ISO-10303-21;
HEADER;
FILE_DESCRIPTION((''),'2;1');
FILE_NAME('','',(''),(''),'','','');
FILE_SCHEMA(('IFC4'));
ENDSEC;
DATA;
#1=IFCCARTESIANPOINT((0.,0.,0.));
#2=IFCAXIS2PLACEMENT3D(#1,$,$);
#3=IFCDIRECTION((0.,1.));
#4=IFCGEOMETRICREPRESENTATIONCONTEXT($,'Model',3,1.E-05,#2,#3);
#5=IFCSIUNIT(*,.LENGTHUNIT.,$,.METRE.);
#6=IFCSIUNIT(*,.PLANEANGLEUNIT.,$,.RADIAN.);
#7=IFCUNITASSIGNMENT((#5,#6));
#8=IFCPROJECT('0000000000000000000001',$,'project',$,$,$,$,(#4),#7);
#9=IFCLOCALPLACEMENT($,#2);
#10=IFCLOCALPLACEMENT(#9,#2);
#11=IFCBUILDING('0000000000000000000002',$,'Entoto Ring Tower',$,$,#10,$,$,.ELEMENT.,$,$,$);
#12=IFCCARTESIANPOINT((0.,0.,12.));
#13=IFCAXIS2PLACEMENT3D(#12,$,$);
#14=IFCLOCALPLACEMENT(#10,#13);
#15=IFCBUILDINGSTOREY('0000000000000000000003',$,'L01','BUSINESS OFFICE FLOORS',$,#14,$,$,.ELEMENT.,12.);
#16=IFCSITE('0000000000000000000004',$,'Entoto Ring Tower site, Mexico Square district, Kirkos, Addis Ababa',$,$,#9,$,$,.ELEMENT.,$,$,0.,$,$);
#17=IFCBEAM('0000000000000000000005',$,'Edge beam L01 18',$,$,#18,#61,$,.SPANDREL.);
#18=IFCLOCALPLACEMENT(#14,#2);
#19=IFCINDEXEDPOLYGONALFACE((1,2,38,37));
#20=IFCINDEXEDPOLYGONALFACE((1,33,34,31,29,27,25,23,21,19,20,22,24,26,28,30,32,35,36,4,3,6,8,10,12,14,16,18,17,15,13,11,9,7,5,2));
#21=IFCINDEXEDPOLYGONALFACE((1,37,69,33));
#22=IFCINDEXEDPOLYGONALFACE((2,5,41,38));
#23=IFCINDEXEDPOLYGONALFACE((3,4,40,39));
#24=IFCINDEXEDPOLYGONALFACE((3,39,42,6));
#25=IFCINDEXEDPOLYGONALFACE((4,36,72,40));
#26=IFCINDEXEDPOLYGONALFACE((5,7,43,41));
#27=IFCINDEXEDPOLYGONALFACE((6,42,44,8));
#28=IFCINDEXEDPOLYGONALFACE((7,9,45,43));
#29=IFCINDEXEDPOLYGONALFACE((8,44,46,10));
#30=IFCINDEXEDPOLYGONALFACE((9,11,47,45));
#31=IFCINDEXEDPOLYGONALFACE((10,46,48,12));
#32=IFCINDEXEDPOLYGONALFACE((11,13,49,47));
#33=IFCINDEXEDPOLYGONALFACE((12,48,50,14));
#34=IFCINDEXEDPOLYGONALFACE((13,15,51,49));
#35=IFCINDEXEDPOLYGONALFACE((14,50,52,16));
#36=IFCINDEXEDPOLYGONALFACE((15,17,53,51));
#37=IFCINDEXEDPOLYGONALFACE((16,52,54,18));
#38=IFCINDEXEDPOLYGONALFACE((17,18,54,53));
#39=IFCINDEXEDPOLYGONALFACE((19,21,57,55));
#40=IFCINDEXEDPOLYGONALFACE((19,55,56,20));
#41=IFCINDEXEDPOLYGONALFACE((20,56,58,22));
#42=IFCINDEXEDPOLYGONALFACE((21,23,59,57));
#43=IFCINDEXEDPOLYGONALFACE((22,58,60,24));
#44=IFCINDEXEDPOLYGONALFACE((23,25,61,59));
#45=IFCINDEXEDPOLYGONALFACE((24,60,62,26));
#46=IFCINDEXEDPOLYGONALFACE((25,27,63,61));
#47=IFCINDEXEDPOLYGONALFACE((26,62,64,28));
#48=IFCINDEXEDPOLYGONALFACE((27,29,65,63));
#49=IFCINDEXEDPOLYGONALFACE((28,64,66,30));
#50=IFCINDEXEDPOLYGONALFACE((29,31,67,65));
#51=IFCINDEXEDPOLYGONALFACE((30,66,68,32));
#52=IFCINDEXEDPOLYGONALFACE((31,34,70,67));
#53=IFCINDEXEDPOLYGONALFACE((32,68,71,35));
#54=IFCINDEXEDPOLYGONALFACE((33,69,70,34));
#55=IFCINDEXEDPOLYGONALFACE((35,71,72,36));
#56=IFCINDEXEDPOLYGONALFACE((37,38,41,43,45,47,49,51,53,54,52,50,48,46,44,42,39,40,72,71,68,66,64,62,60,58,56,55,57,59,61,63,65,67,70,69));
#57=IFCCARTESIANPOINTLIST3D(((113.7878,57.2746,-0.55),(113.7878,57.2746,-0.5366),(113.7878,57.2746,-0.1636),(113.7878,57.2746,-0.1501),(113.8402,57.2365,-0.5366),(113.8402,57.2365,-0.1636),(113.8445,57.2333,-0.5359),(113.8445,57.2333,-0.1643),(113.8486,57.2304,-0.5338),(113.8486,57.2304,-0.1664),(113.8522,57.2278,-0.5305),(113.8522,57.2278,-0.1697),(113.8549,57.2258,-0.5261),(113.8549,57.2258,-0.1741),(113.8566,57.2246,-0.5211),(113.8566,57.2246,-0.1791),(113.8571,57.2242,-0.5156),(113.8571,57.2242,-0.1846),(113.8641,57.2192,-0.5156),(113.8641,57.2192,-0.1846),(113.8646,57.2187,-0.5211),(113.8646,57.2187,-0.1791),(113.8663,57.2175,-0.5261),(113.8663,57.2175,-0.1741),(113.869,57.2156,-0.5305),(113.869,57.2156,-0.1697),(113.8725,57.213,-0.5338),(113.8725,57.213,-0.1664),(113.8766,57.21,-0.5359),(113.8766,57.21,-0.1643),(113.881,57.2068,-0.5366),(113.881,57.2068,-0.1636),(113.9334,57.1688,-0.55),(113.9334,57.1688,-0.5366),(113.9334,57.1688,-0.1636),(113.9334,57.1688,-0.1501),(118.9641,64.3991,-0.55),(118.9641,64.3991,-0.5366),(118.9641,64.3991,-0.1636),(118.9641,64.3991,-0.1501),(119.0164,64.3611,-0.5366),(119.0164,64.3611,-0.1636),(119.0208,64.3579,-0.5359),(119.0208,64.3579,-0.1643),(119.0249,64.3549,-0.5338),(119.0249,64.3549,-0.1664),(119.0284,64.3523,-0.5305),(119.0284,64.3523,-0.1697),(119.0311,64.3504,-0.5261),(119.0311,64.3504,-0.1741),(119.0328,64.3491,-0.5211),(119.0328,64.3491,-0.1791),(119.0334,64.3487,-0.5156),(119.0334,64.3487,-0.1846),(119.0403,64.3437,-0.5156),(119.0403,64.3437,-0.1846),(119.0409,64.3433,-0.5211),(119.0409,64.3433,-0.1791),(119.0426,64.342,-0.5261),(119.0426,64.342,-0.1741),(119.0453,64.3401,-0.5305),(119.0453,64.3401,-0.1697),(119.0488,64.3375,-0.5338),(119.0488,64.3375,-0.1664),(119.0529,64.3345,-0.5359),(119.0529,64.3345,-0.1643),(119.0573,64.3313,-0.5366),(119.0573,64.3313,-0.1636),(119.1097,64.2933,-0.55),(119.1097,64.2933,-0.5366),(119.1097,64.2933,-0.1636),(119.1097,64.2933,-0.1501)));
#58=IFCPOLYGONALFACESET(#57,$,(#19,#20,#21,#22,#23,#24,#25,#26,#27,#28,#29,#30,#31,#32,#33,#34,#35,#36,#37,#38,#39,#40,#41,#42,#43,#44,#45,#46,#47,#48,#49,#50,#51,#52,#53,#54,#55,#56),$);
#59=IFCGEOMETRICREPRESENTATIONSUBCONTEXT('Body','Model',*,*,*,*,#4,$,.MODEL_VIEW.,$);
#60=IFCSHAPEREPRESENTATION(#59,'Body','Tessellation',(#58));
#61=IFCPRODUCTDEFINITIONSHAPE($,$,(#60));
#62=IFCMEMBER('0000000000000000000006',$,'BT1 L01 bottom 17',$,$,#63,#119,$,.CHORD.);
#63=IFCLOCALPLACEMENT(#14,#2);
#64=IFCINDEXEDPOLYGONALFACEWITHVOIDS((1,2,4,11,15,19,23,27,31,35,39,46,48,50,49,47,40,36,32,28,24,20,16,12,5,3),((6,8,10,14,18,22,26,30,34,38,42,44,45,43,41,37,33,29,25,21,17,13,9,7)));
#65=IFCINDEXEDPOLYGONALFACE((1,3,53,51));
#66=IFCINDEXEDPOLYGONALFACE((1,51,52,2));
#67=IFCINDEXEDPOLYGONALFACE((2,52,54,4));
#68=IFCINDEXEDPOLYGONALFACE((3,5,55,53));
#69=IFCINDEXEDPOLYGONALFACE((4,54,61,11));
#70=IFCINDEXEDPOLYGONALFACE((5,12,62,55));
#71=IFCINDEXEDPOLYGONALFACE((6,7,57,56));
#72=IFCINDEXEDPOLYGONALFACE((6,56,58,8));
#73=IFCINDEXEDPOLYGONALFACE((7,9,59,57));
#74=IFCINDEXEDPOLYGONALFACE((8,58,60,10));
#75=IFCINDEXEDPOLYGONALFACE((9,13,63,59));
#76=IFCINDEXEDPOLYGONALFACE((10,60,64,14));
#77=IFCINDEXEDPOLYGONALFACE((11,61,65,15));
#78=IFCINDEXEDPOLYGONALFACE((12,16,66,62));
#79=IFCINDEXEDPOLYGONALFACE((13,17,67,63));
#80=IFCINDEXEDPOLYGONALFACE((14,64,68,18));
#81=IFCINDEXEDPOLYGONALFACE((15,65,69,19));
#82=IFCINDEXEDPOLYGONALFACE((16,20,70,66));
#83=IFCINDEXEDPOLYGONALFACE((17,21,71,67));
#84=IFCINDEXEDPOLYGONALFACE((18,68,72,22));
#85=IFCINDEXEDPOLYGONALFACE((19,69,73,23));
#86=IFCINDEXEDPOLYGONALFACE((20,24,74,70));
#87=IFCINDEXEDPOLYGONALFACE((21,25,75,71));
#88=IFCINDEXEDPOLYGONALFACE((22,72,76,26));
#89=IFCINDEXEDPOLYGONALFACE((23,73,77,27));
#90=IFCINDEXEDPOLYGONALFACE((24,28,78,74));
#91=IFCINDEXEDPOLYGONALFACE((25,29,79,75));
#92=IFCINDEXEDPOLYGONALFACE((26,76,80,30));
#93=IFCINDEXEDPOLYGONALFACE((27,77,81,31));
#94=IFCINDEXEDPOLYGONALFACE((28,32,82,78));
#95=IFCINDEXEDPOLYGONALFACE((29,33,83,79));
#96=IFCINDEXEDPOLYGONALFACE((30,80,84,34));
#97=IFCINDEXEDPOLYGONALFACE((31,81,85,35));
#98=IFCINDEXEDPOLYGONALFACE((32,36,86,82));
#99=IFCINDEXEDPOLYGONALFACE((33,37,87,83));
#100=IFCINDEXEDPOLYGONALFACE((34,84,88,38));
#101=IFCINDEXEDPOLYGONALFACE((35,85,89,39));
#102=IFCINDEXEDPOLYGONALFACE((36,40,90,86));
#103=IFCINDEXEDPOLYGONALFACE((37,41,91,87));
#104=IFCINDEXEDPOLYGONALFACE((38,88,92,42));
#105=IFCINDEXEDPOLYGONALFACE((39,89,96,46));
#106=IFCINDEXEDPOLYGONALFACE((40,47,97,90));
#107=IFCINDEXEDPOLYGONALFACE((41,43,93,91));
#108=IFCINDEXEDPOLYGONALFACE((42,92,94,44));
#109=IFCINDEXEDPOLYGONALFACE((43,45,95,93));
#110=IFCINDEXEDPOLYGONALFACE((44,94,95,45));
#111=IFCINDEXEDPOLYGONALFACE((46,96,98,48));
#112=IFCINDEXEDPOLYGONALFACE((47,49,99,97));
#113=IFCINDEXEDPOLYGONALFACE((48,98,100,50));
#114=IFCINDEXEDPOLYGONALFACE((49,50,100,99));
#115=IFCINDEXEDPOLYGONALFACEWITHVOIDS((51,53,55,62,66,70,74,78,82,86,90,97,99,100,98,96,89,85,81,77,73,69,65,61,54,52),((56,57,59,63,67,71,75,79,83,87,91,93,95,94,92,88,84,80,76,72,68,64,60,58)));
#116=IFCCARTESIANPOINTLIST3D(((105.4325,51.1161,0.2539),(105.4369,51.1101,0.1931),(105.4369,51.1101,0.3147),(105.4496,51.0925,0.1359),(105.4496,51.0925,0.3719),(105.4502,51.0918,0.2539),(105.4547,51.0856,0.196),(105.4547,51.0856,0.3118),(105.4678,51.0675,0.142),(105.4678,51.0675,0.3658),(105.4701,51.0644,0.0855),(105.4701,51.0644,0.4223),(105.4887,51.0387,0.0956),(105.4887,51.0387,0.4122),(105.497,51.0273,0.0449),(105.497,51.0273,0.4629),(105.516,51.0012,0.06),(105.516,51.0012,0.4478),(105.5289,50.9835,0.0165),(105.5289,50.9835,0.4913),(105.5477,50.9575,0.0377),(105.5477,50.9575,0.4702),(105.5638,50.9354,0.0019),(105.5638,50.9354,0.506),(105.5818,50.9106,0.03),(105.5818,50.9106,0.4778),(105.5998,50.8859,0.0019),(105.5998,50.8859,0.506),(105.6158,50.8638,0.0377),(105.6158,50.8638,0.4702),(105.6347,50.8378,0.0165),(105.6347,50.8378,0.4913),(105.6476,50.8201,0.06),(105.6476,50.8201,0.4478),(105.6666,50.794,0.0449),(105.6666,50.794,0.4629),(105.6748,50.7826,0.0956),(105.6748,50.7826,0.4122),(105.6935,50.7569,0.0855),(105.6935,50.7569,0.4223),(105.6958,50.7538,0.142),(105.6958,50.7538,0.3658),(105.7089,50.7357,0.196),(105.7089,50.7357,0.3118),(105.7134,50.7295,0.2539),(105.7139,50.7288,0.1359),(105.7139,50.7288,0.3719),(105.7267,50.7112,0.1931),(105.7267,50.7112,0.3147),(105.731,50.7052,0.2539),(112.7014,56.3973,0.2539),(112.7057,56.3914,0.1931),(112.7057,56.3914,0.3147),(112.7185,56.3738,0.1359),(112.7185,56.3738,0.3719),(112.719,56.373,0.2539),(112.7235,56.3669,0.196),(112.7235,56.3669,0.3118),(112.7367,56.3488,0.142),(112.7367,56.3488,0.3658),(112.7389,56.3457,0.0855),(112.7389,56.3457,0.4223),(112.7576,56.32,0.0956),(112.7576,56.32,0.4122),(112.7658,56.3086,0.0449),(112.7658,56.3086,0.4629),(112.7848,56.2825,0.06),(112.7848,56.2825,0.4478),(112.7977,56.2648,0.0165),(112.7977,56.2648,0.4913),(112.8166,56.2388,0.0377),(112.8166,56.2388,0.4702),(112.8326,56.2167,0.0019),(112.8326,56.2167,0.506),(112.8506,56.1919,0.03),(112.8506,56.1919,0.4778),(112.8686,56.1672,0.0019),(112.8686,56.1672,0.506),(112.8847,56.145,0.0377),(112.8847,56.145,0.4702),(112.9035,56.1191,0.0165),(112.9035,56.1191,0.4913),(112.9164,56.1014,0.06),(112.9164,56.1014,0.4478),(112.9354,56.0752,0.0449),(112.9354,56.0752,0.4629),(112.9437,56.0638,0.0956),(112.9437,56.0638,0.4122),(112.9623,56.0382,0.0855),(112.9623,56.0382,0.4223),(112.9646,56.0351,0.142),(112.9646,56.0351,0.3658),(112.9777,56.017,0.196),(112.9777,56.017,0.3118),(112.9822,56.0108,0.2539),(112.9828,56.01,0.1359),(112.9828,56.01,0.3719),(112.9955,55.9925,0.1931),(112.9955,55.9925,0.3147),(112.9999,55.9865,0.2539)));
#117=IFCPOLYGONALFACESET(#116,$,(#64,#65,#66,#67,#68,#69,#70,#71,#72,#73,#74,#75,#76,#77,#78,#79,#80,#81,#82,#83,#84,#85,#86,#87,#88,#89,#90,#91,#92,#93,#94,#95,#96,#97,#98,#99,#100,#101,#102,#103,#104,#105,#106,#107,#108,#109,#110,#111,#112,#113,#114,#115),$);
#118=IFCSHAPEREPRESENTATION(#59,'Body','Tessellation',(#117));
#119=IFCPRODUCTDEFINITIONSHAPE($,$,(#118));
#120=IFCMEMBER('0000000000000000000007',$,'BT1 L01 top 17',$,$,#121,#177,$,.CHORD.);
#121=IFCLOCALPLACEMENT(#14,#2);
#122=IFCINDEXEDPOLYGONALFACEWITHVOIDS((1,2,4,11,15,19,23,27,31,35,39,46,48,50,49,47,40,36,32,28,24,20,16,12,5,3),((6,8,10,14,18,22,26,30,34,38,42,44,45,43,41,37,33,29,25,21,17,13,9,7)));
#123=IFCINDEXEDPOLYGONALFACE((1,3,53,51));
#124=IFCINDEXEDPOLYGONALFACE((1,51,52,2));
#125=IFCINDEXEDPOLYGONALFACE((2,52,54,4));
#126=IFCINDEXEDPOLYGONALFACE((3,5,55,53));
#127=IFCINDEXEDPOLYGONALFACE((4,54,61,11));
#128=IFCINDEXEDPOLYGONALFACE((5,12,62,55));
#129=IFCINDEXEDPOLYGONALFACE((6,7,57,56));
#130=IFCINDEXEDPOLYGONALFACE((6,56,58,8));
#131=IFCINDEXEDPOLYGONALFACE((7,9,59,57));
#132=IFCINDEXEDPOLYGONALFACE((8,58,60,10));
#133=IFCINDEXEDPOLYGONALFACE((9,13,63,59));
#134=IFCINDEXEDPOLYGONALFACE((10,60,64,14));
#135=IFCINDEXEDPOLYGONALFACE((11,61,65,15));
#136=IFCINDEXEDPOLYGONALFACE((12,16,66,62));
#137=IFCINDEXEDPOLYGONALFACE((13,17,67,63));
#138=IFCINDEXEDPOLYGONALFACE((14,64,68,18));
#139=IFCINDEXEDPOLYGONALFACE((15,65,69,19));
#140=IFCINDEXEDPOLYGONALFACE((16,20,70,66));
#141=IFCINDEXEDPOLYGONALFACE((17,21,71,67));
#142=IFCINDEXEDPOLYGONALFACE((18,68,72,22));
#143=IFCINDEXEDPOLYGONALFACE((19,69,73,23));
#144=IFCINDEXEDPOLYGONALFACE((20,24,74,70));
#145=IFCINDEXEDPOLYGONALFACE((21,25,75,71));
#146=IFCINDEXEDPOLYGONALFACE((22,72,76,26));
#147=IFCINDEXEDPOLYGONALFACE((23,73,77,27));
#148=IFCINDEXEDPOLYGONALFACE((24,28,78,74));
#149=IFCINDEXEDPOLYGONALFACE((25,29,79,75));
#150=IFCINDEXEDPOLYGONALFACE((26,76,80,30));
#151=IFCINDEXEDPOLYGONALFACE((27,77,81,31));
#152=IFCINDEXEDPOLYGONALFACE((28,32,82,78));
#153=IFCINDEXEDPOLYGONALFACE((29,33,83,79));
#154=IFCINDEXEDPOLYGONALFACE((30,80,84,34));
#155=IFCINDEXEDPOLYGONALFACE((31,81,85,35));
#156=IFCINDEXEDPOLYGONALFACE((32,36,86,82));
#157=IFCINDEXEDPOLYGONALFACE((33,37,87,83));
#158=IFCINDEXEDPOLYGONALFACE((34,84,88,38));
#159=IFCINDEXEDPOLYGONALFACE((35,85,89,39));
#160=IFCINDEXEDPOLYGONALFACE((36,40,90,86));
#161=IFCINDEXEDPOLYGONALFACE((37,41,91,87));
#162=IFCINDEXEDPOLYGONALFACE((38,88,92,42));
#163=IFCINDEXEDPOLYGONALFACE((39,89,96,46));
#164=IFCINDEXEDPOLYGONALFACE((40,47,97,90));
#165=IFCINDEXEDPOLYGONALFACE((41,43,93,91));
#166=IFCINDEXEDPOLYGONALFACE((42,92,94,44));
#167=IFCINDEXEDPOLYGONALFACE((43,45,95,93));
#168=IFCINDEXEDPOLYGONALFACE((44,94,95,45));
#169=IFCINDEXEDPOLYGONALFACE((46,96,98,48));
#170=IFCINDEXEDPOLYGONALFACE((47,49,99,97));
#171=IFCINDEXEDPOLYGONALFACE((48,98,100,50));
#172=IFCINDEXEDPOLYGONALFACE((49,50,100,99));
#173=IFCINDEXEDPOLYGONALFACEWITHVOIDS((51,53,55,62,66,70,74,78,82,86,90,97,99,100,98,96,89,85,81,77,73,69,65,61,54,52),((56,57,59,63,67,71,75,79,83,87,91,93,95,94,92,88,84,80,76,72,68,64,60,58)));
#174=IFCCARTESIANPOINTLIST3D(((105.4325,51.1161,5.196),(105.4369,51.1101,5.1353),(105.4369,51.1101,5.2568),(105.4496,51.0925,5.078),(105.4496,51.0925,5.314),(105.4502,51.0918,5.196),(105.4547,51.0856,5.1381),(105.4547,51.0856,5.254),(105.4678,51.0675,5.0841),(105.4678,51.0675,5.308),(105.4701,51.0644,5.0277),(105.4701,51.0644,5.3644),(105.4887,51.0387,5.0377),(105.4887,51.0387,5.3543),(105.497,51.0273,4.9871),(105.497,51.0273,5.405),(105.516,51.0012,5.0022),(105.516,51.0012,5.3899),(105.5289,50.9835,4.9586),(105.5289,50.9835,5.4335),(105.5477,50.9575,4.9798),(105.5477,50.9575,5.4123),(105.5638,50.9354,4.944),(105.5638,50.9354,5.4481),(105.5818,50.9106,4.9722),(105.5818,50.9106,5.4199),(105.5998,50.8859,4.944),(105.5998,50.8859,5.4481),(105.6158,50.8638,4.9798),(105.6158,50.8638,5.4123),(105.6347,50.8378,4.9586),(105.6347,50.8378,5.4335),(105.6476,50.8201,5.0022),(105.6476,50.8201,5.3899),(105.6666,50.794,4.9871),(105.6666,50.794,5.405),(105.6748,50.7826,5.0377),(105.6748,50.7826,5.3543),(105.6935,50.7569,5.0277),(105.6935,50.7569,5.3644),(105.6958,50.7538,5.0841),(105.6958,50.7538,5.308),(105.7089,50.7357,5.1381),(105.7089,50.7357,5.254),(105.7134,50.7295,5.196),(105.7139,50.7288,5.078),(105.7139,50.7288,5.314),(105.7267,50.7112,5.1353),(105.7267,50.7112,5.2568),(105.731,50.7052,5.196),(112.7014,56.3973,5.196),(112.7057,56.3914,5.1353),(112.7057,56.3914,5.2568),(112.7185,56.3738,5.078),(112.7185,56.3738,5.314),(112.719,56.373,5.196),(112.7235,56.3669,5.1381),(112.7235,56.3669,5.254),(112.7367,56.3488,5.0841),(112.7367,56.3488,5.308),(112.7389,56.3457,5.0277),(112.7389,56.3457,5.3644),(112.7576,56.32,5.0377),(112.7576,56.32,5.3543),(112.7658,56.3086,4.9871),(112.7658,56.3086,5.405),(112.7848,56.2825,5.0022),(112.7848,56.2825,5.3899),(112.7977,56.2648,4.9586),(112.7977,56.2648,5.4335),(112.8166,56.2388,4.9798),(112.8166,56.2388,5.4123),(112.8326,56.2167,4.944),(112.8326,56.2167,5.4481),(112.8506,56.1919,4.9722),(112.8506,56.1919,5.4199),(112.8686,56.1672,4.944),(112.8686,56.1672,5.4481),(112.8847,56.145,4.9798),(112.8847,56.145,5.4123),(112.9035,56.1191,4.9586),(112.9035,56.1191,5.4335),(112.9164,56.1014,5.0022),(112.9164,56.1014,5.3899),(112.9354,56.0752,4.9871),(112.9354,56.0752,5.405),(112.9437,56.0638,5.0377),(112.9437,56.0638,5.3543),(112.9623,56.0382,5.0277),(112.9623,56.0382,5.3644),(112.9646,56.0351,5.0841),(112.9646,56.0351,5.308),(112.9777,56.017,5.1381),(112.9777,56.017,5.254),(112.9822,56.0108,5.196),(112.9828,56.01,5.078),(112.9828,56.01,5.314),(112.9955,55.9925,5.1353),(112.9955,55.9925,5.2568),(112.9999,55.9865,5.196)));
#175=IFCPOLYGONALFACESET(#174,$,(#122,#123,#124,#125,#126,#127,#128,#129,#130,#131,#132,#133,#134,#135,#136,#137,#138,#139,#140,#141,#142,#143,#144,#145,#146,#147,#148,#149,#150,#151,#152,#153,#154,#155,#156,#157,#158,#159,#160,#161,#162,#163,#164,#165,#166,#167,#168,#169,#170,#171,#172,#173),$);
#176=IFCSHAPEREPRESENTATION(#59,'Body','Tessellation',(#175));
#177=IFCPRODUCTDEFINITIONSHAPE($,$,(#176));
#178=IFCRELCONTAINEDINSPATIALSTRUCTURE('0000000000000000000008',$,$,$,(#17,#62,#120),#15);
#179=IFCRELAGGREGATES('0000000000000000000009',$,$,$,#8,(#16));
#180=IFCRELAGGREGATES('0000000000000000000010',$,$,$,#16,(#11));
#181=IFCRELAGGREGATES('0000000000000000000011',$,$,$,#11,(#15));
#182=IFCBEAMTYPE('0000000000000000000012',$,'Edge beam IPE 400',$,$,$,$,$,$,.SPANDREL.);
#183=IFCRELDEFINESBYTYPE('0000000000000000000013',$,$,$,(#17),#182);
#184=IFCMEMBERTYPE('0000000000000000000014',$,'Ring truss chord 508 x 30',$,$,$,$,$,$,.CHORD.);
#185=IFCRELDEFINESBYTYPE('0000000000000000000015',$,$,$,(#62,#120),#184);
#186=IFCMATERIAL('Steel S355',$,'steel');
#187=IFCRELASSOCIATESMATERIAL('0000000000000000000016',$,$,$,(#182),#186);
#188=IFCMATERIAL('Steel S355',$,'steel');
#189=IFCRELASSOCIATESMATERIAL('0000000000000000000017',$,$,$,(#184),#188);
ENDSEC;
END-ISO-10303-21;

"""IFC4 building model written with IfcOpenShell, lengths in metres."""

from ifc_helpers import new_model, si_unit, direction, frame, origin, origin_2d, place, context, subcontext, project, spatial, circle, hollow_circle, i_section, extrude, material, material_profile, profile_set, type_object, element, save


model = new_model("IFC4")

# Units and contexts
model_context = context("Model", 3, precision=1e-05, world=origin(), true_north=direction((0.0, 1.0)))
body_context = subcontext(model_context, "Body", "Model", "MODEL_VIEW")
ifc_project = project(units=[si_unit("LENGTHUNIT", "METRE"), si_unit("PLANEANGLEUNIT", "RADIAN")], contexts=[model_context])

# Site, building, storey
site_placement = place(None, origin())
site = spatial("IfcSite", under=ifc_project, at=site_placement, Name="Entoto Ring Tower site, Mexico Square district, Kirkos, Addis Ababa", CompositionType="ELEMENT", RefElevation=0.0)
building_placement = place(site_placement, origin())
building = spatial("IfcBuilding", under=site, at=building_placement, Name="Entoto Ring Tower", CompositionType="ELEMENT")
storey_placement = place(building_placement, frame((0.0, 0.0, 12.0)))
storey = spatial("IfcBuildingStorey", under=building, at=storey_placement, Name="L01", Description="BUSINESS OFFICE FLOORS", CompositionType="ELEMENT", Elevation=12.0)

# Beam
ifc_material_1 = material(Name="Steel S355", Category="steel")
ifc_material_profile_1 = material_profile(ifc_material_1, i_section(OverallWidth=0.1799, OverallDepth=0.3999, WebThickness=0.0085, FlangeThickness=0.0134, FilletRadius=0.021, at=origin_2d()), Name="IPE 400")
ifc_profile_set_1 = profile_set([ifc_material_profile_1], Name="Steel S355")
beam_type = type_object("IfcBeamType", Name="Edge beam IPE 400", PredefinedType="SPANDREL", material=ifc_profile_set_1)
for number, where, z_axis, x_axis, name in (
    (1, (113.8606, 57.2217, -0.3501), (0.587786, 0.809017, 0.0), (-0.809017, 0.587786, 0.0), "Edge beam L01 18"),
):
    element("IfcBeam", number, at=place(storey_placement, frame(where, z_axis=z_axis, x_axis=x_axis)), inside=storey, type_object=beam_type, Name=name, PredefinedType="SPANDREL", context=body_context, shape_type="SweptSolid", body=[
        extrude(i_section(OverallWidth=0.1799, OverallDepth=0.3999, WebThickness=0.0085, FlangeThickness=0.0134, FilletRadius=0.021, at=origin_2d()), origin(), (0.0, 0.0, 1.0), 8.8064),
    ])

# Members
ifc_material_2 = material(Name="Steel S355", Category="steel")
ifc_material_profile_2 = material_profile(ifc_material_2, hollow_circle(Radius=0.2539, WallThickness=0.03, at=origin_2d()), Name="CHS 508 x 30")
ifc_material_3 = material(Name="Concrete C60/75", Category="concrete")
ifc_material_profile_3 = material_profile(ifc_material_3, circle(Radius=0.2241, at=origin_2d()), Name="Concrete C60/75 infill")
ifc_profile_set_2 = profile_set([ifc_material_profile_2, ifc_material_profile_3], Name="Steel S355")
member_type_1 = type_object("IfcMemberType", Name="Ring truss chord 508 x 30", PredefinedType="CHORD", material=ifc_profile_set_2)
for number, where, z_axis, x_axis, name in (
    (2, (105.5818, 50.9106, 0.2539), (0.809009, 0.587797, 0.0), (-0.587797, 0.809009, 0.0), "BT1 L01 bottom 17"),
    (3, (105.5818, 50.9106, 5.196), (0.809009, 0.587797, 0.0), (-0.587797, 0.809009, 0.0), "BT1 L01 top 17"),
):
    element("IfcMember", number, at=place(storey_placement, frame(where, z_axis=z_axis, x_axis=x_axis)), inside=storey, type_object=member_type_1, Name=name, PredefinedType="CHORD", context=body_context, shape_type="SweptSolid", body=[
        extrude(hollow_circle(Radius=0.2539, WallThickness=0.03, at=origin_2d()), origin(), (0.0, 0.0, 1.0), 8.9849),
    ])

save(model, "model.ifc")
